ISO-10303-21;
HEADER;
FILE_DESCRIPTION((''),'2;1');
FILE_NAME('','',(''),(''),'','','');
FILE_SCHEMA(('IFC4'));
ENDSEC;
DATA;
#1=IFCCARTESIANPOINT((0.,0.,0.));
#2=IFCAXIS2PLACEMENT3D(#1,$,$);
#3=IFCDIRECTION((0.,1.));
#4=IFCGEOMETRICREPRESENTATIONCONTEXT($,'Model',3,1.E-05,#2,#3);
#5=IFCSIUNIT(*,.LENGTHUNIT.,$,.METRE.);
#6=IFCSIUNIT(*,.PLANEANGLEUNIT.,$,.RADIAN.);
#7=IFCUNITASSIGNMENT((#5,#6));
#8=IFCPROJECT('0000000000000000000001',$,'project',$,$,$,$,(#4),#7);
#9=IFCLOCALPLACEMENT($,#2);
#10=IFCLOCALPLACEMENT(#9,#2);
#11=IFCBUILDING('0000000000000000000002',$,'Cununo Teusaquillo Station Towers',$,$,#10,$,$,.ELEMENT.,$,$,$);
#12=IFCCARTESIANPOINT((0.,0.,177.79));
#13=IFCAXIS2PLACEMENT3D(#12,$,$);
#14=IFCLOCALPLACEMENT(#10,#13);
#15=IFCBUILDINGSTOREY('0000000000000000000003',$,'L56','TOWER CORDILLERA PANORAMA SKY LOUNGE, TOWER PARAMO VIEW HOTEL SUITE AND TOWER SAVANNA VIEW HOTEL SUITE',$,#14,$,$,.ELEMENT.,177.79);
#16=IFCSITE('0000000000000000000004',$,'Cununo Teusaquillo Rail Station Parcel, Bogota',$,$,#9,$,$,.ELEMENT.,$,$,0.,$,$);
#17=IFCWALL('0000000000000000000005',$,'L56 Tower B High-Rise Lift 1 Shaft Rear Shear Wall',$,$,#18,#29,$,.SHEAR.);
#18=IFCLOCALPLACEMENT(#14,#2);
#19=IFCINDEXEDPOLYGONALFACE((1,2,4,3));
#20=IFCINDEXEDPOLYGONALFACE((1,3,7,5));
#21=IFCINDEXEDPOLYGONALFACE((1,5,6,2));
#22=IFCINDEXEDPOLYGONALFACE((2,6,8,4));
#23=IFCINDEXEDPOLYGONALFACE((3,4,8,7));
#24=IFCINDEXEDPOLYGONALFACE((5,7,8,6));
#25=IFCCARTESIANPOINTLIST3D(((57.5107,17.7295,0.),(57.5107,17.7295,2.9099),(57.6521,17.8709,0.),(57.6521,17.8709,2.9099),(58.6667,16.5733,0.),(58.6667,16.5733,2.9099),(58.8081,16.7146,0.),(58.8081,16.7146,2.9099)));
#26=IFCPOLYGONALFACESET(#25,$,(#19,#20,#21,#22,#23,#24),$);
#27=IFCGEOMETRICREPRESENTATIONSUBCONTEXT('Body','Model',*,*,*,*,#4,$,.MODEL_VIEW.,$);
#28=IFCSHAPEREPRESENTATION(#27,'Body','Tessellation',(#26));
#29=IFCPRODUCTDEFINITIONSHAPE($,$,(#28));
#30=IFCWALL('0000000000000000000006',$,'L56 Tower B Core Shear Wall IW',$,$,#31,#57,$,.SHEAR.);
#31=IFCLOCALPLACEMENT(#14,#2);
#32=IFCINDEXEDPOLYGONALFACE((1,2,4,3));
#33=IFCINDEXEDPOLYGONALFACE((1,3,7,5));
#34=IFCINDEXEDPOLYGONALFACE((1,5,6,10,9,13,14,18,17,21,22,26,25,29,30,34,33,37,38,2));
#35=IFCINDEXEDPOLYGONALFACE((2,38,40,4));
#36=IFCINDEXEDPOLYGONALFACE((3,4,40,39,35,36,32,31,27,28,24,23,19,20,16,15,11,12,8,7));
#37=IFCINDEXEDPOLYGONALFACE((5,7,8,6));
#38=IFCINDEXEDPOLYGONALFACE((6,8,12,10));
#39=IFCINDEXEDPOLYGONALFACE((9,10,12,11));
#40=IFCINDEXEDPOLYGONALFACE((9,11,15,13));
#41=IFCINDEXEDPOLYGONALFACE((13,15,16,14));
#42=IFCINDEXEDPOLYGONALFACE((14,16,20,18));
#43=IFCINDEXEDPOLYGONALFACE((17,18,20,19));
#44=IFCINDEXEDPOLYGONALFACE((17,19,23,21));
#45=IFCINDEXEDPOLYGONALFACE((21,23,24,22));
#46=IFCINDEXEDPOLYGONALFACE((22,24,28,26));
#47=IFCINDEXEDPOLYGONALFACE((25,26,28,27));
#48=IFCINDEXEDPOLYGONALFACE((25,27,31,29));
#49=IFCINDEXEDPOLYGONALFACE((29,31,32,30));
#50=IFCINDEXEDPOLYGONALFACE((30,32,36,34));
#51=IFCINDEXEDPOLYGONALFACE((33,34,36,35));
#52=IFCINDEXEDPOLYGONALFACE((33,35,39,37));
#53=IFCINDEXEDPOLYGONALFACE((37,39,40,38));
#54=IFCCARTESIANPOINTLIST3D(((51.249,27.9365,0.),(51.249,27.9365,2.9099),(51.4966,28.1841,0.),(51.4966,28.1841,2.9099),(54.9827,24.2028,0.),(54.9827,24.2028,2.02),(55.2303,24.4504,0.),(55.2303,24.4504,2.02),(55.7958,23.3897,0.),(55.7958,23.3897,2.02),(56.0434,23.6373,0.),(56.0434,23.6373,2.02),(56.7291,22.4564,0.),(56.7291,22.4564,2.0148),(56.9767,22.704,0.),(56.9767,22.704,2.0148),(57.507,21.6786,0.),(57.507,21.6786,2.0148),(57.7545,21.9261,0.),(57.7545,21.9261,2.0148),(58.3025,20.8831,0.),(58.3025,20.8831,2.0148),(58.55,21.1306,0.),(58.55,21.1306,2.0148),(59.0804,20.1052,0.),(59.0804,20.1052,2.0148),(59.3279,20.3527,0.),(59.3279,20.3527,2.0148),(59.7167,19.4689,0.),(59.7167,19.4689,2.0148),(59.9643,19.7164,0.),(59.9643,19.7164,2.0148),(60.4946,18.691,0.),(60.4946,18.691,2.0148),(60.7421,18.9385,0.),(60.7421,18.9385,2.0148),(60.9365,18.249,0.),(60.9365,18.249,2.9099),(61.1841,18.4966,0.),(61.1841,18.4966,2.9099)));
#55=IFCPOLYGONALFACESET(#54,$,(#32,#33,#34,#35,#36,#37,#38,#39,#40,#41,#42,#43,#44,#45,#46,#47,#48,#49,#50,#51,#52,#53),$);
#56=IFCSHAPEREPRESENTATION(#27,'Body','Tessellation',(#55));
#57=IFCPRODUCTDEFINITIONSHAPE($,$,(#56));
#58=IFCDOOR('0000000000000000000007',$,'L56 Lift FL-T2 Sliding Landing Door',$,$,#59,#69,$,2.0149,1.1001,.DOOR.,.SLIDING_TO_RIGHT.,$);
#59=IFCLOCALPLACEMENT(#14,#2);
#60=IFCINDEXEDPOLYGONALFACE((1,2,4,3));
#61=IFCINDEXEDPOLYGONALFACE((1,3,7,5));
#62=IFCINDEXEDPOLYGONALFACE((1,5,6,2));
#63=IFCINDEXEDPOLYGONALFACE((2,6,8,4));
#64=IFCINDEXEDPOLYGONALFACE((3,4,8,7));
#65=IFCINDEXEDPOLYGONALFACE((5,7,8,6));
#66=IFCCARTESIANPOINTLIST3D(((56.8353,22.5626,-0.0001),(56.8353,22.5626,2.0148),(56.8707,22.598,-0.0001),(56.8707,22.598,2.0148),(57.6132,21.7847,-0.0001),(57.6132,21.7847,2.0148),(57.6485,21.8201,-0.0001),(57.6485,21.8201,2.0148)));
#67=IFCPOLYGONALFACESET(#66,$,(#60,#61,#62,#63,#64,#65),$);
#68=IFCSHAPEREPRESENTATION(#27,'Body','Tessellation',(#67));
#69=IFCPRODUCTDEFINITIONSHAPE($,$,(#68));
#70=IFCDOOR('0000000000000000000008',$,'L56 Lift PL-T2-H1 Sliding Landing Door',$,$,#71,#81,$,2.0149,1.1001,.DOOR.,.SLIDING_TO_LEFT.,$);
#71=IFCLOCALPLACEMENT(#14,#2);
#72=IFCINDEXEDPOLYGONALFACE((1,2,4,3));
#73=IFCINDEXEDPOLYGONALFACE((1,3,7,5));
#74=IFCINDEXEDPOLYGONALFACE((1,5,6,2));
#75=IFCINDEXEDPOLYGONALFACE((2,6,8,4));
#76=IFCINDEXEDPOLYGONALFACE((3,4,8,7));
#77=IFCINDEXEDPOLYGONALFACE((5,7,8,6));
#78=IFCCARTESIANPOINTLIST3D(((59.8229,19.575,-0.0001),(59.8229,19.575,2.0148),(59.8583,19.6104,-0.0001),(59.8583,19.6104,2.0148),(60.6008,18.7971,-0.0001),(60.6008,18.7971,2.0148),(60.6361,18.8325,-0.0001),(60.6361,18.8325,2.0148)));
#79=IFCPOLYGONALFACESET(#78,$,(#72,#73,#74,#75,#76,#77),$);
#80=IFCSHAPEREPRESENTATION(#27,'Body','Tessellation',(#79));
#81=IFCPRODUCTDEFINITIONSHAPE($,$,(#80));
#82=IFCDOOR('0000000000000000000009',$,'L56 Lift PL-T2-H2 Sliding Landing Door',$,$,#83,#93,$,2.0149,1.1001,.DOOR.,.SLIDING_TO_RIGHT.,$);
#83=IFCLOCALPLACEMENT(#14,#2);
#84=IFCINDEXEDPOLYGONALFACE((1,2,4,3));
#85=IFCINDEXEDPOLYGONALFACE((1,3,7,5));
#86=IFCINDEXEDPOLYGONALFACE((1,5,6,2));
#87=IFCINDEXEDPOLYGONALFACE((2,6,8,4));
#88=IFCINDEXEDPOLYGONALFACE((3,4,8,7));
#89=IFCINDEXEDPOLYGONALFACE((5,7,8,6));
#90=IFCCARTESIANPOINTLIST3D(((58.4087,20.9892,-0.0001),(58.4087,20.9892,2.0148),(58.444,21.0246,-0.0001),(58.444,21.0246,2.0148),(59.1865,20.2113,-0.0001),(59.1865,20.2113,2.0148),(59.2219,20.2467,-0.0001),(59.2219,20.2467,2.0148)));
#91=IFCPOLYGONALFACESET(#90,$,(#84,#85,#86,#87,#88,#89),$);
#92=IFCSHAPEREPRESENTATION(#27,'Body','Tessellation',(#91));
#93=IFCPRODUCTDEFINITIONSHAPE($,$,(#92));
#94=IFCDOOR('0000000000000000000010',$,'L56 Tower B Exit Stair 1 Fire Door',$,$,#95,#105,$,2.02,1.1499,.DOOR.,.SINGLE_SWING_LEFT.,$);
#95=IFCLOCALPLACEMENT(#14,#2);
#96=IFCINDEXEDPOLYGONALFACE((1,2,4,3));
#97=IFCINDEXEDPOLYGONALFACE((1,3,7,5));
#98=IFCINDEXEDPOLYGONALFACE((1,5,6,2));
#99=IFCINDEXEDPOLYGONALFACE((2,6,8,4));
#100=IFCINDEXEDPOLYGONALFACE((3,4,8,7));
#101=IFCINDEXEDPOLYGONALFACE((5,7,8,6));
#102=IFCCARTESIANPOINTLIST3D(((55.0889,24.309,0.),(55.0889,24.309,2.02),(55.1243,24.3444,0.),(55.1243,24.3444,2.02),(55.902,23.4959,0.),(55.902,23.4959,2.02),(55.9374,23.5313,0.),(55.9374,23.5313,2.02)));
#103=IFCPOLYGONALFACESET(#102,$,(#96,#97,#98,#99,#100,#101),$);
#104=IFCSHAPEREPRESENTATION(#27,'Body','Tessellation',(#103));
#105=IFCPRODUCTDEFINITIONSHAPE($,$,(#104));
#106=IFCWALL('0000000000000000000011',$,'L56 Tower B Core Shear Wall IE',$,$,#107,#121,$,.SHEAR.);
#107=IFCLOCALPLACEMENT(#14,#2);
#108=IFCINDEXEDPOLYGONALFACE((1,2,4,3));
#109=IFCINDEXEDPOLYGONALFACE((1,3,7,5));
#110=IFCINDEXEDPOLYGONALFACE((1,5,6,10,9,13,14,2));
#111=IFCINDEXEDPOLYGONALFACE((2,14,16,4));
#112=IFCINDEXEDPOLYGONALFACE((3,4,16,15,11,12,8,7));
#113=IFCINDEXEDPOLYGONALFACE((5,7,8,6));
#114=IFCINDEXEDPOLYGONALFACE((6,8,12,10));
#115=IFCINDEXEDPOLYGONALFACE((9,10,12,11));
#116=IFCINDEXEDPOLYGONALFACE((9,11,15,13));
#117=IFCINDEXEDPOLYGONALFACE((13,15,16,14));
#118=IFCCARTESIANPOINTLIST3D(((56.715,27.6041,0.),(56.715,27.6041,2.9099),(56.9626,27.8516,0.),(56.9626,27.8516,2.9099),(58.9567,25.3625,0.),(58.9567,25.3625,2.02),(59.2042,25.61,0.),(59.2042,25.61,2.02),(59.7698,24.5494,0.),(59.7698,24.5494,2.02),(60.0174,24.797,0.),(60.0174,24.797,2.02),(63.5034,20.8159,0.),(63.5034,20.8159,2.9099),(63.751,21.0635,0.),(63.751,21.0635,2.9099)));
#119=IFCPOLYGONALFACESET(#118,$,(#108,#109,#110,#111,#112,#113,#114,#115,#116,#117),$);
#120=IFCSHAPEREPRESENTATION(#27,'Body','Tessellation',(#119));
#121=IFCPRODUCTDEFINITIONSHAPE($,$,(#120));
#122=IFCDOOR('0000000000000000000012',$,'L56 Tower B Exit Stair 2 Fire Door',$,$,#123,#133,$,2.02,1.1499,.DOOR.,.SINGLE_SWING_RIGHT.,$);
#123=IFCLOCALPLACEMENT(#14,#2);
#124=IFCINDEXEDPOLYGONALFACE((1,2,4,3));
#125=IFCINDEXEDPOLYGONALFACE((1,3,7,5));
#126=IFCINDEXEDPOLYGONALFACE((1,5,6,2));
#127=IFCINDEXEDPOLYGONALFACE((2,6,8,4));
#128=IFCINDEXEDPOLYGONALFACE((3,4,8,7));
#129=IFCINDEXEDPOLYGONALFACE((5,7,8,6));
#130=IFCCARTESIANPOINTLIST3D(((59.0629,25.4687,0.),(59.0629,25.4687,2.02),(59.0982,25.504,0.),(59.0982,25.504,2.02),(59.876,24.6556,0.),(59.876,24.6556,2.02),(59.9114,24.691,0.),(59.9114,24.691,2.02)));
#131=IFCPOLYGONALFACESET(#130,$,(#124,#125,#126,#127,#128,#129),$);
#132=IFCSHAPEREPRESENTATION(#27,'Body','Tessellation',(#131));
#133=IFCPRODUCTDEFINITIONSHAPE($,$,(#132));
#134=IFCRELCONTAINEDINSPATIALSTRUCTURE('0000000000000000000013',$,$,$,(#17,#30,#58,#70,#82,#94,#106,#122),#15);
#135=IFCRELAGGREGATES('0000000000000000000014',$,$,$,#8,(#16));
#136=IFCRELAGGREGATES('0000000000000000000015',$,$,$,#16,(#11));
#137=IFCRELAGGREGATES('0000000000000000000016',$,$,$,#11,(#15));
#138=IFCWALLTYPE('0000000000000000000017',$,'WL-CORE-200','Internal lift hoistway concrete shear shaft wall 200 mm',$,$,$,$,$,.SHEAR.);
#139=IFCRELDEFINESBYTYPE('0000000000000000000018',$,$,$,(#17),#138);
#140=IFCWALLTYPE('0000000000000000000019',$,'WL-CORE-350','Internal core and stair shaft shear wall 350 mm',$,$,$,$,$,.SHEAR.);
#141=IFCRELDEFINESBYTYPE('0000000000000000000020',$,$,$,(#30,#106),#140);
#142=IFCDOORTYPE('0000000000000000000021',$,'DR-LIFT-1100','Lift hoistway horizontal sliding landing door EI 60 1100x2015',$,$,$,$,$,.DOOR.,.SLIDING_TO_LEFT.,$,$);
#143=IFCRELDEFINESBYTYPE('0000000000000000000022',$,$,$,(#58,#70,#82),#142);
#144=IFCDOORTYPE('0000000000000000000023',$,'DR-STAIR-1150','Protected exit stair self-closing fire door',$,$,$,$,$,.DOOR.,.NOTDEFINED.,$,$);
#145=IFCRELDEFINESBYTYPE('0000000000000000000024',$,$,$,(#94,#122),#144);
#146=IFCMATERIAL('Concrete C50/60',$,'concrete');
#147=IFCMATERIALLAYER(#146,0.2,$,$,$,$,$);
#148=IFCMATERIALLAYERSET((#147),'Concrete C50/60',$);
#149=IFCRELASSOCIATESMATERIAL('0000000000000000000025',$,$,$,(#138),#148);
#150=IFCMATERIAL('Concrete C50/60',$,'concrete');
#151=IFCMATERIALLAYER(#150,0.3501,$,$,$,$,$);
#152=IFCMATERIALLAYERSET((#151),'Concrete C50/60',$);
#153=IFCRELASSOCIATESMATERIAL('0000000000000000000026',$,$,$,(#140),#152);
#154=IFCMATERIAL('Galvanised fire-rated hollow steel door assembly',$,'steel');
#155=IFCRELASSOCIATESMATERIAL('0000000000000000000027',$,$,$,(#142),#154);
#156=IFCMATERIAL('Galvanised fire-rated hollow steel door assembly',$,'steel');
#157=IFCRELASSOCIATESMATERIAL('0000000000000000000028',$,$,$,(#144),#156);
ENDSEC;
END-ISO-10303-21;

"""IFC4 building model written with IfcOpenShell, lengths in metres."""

from ifc_helpers import new_model, si_unit, direction, frame, frame_2d, origin, place, context, subcontext, project, spatial, rectangle, extrude, source, transform, mapped, material, layer, layer_set, type_object, element, fill, save


model = new_model("IFC4")

# Units and contexts
model_context = context("Model", 3, precision=1e-05, world=origin(), true_north=direction((0.0, 1.0)))
body_context = subcontext(model_context, "Body", "Model", "MODEL_VIEW")
ifc_project = project(units=[si_unit("LENGTHUNIT", "METRE"), si_unit("PLANEANGLEUNIT", "RADIAN")], contexts=[model_context])

# Site, building, storey
site_placement = place(None, origin())
site = spatial("IfcSite", under=ifc_project, at=site_placement, Name="Cununo Teusaquillo Rail Station Parcel, Bogota", CompositionType="ELEMENT", RefElevation=0.0)
building_placement = place(site_placement, origin())
building = spatial("IfcBuilding", under=site, at=building_placement, Name="Cununo Teusaquillo Station Towers", CompositionType="ELEMENT")
storey_placement = place(building_placement, frame((0.0, 0.0, 177.79)))
storey = spatial("IfcBuildingStorey", under=building, at=storey_placement, Name="L56", Description="TOWER CORDILLERA PANORAMA SKY LOUNGE, TOWER PARAMO VIEW HOTEL SUITE AND TOWER SAVANNA VIEW HOTEL SUITE", CompositionType="ELEMENT", Elevation=177.79)

# Wall
ifc_material_1 = material(Name="Concrete C50/60", Category="concrete")
ifc_layer_1 = layer(ifc_material_1, 0.2)
ifc_layer_set_1 = layer_set([ifc_layer_1], Name="Concrete C50/60")
wall_type_1 = type_object("IfcWallType", Name="WL-CORE-200", Description="Internal lift hoistway concrete shear shaft wall 200 mm", PredefinedType="SHEAR", material=ifc_layer_set_1)
wall_1_placement = place(storey_placement, frame((58.7373, 16.644, 0.0), z_axis=(0.0, 0.0, 1.0), x_axis=(-0.707032, 0.707181, 0.0)))
element("IfcWall", 1, at=wall_1_placement, inside=storey, type_object=wall_type_1, Name="L56 Tower B High-Rise Lift 1 Shaft Rear Shear Wall", PredefinedType="SHEAR", context=body_context, shape_type="SweptSolid", body=[
    extrude(rectangle(XDim=1.635, YDim=0.2, at=frame_2d((0.8174, 0.0))), origin(), (0.0, 0.0, 1.0), 2.9099),
])

# Wall, openings, doors
ifc_material_2 = material(Name="Concrete C50/60", Category="concrete")
ifc_layer_2 = layer(ifc_material_2, 0.3501)
ifc_layer_set_2 = layer_set([ifc_layer_2], Name="Concrete C50/60")
wall_type_2 = type_object("IfcWallType", Name="WL-CORE-350", Description="Internal core and stair shaft shear wall 350 mm", PredefinedType="SHEAR", material=ifc_layer_set_2)
wall_2_placement = place(storey_placement, frame((61.0603, 18.3728, 0.0), z_axis=(0.0, 0.0, 1.0), x_axis=(-0.707107, 0.707107, 0.0)))
wall_2 = element("IfcWall", 2, at=wall_2_placement, inside=storey, type_object=wall_type_2, Name="L56 Tower B Core Shear Wall IW", PredefinedType="SHEAR", context=body_context, shape_type="SweptSolid", body=[
    extrude(rectangle(XDim=13.7002, YDim=0.3501, at=frame_2d((6.8501, 0.0))), origin(), (0.0, 0.0, 1.0), 2.9099),
])
shared_shape_1 = source(origin(), body_context, "Body", "SweptSolid", [
    extrude(rectangle(XDim=1.1001, YDim=2.0149, at=frame_2d((0.55, 1.0073))), frame((0.0, 0.1851, 0.0), z_axis=(0.0, -1.0, 0.0), x_axis=(1.0, 0.0, 0.0)), (0.0, 0.0, 1.0), 0.3701),
])
opening_1_placement = place(wall_2_placement, frame((4.8501, 0.0, 0.0)))
opening_1 = element("IfcOpeningElement", 3, at=opening_1_placement, cuts=wall_2, PredefinedType="OPENING", context=body_context, shape_type="MappedRepresentation", body=[
    mapped(shared_shape_1, transform((0.0, 0.0, 0.0), x_axis=(1.0, 0.0, 0.0), y_axis=(0.0, 1.0, 0.0), z_axis=(0.0, 0.0, 1.0), scale=1.0)),
])
opening_2_placement = place(wall_2_placement, frame((0.625, 0.0, 0.0)))
opening_2 = element("IfcOpeningElement", 4, at=opening_2_placement, cuts=wall_2, PredefinedType="OPENING", context=body_context, shape_type="MappedRepresentation", body=[
    mapped(shared_shape_1, transform((0.0, 0.0, 0.0), x_axis=(1.0, 0.0, 0.0), y_axis=(0.0, 1.0, 0.0), z_axis=(0.0, 0.0, 1.0), scale=1.0)),
])
opening_3_placement = place(wall_2_placement, frame((2.625, 0.0, 0.0)))
opening_3 = element("IfcOpeningElement", 5, at=opening_3_placement, cuts=wall_2, PredefinedType="OPENING", context=body_context, shape_type="MappedRepresentation", body=[
    mapped(shared_shape_1, transform((0.0, 0.0, 0.0), x_axis=(1.0, 0.0, 0.0), y_axis=(0.0, 1.0, 0.0), z_axis=(0.0, 0.0, 1.0), scale=1.0)),
])
shared_shape_2 = source(origin(), body_context, "Body", "SweptSolid", [
    extrude(rectangle(XDim=1.1499, YDim=2.02, at=frame_2d((0.575, 1.01))), frame((0.0, 0.1851, 0.0), z_axis=(0.0, -1.0, 0.0), x_axis=(1.0, 0.0, 0.0)), (0.0, 0.0, 1.0), 0.3701),
])
opening_4_placement = place(wall_2_placement, frame((7.27, 0.0, 0.0)))
opening_4 = element("IfcOpeningElement", 6, at=opening_4_placement, cuts=wall_2, PredefinedType="OPENING", context=body_context, shape_type="MappedRepresentation", body=[
    mapped(shared_shape_2, transform((0.0, 0.0, 0.0), x_axis=(1.0, 0.0, 0.0), y_axis=(0.0, 1.0, 0.0), z_axis=(0.0, 0.0, 1.0), scale=1.0)),
])
ifc_material_3 = material(Name="Galvanised fire-rated hollow steel door assembly", Category="steel")
door_type_1 = type_object("IfcDoorType", Name="DR-LIFT-1100", Description="Lift hoistway horizontal sliding landing door EI 60 1100x2015", OperationType="SLIDING_TO_LEFT", PredefinedType="DOOR", material=ifc_material_3)
shared_shape_3 = source(origin(), body_context, "Body", "SweptSolid", [
    extrude(rectangle(XDim=1.1001, YDim=2.0149, at=frame_2d((0.55, 1.0073))), frame((0.0, 0.0249, 0.0), z_axis=(0.0, -1.0, 0.0), x_axis=(1.0, 0.0, 0.0)), (0.0, 0.0, 1.0), 0.05),
])
door_1_placement = place(opening_1_placement, origin())
door_1 = element("IfcDoor", 7, at=door_1_placement, inside=storey, type_object=door_type_1, Name="L56 Lift FL-T2 Sliding Landing Door", OperationType="SLIDING_TO_RIGHT", OverallHeight=2.0149, OverallWidth=1.1001, PredefinedType="DOOR", context=body_context, shape_type="MappedRepresentation", body=[
    mapped(shared_shape_3, transform((0.0, 0.0, 0.0), x_axis=(1.0, 0.0, 0.0), y_axis=(0.0, 1.0, 0.0), z_axis=(0.0, 0.0, 1.0), scale=1.0)),
])
fill(opening_1, door_1)
door_2_placement = place(opening_2_placement, origin())
door_2 = element("IfcDoor", 8, at=door_2_placement, inside=storey, type_object=door_type_1, Name="L56 Lift PL-T2-H1 Sliding Landing Door", OperationType="SLIDING_TO_LEFT", OverallHeight=2.0149, OverallWidth=1.1001, PredefinedType="DOOR", context=body_context, shape_type="MappedRepresentation", body=[
    mapped(shared_shape_3, transform((0.0, 0.0, 0.0), x_axis=(1.0, 0.0, 0.0), y_axis=(0.0, 1.0, 0.0), z_axis=(0.0, 0.0, 1.0), scale=1.0)),
])
fill(opening_2, door_2)
door_3_placement = place(opening_3_placement, origin())
door_3 = element("IfcDoor", 9, at=door_3_placement, inside=storey, type_object=door_type_1, Name="L56 Lift PL-T2-H2 Sliding Landing Door", OperationType="SLIDING_TO_RIGHT", OverallHeight=2.0149, OverallWidth=1.1001, PredefinedType="DOOR", context=body_context, shape_type="MappedRepresentation", body=[
    mapped(shared_shape_3, transform((0.0, 0.0, 0.0), x_axis=(1.0, 0.0, 0.0), y_axis=(0.0, 1.0, 0.0), z_axis=(0.0, 0.0, 1.0), scale=1.0)),
])
fill(opening_3, door_3)
ifc_material_4 = material(Name="Galvanised fire-rated hollow steel door assembly", Category="steel")
door_type_2 = type_object("IfcDoorType", Name="DR-STAIR-1150", Description="Protected exit stair self-closing fire door", OperationType="NOTDEFINED", PredefinedType="DOOR", material=ifc_material_4)
shared_shape_4 = source(origin(), body_context, "Body", "SweptSolid", [
    extrude(rectangle(XDim=1.1499, YDim=2.02, at=frame_2d((0.575, 1.01))), frame((0.0, 0.0249, 0.0), z_axis=(0.0, -1.0, 0.0), x_axis=(1.0, 0.0, 0.0)), (0.0, 0.0, 1.0), 0.05),
])
door_4_placement = place(opening_4_placement, origin())
door_4 = element("IfcDoor", 10, at=door_4_placement, inside=storey, type_object=door_type_2, Name="L56 Tower B Exit Stair 1 Fire Door", OperationType="SINGLE_SWING_LEFT", OverallHeight=2.02, OverallWidth=1.1499, PredefinedType="DOOR", context=body_context, shape_type="MappedRepresentation", body=[
    mapped(shared_shape_4, transform((0.0, 0.0, 0.0), x_axis=(1.0, 0.0, 0.0), y_axis=(0.0, 1.0, 0.0), z_axis=(0.0, 0.0, 1.0), scale=1.0)),
])
fill(opening_4, door_4)

# Wall, opening, door
wall_3_placement = place(storey_placement, frame((63.6272, 20.9397, 0.0), z_axis=(0.0, 0.0, 1.0), x_axis=(-0.707119, 0.707094, 0.0)))
wall_3 = element("IfcWall", 11, at=wall_3_placement, inside=storey, type_object=wall_type_2, Name="L56 Tower B Core Shear Wall IE", PredefinedType="SHEAR", context=body_context, shape_type="SweptSolid", body=[
    extrude(rectangle(XDim=9.6001, YDim=0.3501, at=frame_2d((4.8, 0.0))), origin(), (0.0, 0.0, 1.0), 2.9099),
])
opening_5_placement = place(wall_3_placement, frame((5.28, 0.0, 0.0)))
opening_5 = element("IfcOpeningElement", 12, at=opening_5_placement, cuts=wall_3, PredefinedType="OPENING", context=body_context, shape_type="MappedRepresentation", body=[
    mapped(shared_shape_2, transform((0.0, 0.0, 0.0), x_axis=(1.0, 0.0, 0.0), y_axis=(0.0, 1.0, 0.0), z_axis=(0.0, 0.0, 1.0), scale=1.0)),
])
door_5_placement = place(opening_5_placement, origin())
door_5 = element("IfcDoor", 13, at=door_5_placement, inside=storey, type_object=door_type_2, Name="L56 Tower B Exit Stair 2 Fire Door", OperationType="SINGLE_SWING_RIGHT", OverallHeight=2.02, OverallWidth=1.1499, PredefinedType="DOOR", context=body_context, shape_type="MappedRepresentation", body=[
    mapped(shared_shape_4, transform((0.0, 0.0, 0.0), x_axis=(1.0, 0.0, 0.0), y_axis=(0.0, 1.0, 0.0), z_axis=(0.0, 0.0, 1.0), scale=1.0)),
])
fill(opening_5, door_5)

save(model, "model.ifc")
